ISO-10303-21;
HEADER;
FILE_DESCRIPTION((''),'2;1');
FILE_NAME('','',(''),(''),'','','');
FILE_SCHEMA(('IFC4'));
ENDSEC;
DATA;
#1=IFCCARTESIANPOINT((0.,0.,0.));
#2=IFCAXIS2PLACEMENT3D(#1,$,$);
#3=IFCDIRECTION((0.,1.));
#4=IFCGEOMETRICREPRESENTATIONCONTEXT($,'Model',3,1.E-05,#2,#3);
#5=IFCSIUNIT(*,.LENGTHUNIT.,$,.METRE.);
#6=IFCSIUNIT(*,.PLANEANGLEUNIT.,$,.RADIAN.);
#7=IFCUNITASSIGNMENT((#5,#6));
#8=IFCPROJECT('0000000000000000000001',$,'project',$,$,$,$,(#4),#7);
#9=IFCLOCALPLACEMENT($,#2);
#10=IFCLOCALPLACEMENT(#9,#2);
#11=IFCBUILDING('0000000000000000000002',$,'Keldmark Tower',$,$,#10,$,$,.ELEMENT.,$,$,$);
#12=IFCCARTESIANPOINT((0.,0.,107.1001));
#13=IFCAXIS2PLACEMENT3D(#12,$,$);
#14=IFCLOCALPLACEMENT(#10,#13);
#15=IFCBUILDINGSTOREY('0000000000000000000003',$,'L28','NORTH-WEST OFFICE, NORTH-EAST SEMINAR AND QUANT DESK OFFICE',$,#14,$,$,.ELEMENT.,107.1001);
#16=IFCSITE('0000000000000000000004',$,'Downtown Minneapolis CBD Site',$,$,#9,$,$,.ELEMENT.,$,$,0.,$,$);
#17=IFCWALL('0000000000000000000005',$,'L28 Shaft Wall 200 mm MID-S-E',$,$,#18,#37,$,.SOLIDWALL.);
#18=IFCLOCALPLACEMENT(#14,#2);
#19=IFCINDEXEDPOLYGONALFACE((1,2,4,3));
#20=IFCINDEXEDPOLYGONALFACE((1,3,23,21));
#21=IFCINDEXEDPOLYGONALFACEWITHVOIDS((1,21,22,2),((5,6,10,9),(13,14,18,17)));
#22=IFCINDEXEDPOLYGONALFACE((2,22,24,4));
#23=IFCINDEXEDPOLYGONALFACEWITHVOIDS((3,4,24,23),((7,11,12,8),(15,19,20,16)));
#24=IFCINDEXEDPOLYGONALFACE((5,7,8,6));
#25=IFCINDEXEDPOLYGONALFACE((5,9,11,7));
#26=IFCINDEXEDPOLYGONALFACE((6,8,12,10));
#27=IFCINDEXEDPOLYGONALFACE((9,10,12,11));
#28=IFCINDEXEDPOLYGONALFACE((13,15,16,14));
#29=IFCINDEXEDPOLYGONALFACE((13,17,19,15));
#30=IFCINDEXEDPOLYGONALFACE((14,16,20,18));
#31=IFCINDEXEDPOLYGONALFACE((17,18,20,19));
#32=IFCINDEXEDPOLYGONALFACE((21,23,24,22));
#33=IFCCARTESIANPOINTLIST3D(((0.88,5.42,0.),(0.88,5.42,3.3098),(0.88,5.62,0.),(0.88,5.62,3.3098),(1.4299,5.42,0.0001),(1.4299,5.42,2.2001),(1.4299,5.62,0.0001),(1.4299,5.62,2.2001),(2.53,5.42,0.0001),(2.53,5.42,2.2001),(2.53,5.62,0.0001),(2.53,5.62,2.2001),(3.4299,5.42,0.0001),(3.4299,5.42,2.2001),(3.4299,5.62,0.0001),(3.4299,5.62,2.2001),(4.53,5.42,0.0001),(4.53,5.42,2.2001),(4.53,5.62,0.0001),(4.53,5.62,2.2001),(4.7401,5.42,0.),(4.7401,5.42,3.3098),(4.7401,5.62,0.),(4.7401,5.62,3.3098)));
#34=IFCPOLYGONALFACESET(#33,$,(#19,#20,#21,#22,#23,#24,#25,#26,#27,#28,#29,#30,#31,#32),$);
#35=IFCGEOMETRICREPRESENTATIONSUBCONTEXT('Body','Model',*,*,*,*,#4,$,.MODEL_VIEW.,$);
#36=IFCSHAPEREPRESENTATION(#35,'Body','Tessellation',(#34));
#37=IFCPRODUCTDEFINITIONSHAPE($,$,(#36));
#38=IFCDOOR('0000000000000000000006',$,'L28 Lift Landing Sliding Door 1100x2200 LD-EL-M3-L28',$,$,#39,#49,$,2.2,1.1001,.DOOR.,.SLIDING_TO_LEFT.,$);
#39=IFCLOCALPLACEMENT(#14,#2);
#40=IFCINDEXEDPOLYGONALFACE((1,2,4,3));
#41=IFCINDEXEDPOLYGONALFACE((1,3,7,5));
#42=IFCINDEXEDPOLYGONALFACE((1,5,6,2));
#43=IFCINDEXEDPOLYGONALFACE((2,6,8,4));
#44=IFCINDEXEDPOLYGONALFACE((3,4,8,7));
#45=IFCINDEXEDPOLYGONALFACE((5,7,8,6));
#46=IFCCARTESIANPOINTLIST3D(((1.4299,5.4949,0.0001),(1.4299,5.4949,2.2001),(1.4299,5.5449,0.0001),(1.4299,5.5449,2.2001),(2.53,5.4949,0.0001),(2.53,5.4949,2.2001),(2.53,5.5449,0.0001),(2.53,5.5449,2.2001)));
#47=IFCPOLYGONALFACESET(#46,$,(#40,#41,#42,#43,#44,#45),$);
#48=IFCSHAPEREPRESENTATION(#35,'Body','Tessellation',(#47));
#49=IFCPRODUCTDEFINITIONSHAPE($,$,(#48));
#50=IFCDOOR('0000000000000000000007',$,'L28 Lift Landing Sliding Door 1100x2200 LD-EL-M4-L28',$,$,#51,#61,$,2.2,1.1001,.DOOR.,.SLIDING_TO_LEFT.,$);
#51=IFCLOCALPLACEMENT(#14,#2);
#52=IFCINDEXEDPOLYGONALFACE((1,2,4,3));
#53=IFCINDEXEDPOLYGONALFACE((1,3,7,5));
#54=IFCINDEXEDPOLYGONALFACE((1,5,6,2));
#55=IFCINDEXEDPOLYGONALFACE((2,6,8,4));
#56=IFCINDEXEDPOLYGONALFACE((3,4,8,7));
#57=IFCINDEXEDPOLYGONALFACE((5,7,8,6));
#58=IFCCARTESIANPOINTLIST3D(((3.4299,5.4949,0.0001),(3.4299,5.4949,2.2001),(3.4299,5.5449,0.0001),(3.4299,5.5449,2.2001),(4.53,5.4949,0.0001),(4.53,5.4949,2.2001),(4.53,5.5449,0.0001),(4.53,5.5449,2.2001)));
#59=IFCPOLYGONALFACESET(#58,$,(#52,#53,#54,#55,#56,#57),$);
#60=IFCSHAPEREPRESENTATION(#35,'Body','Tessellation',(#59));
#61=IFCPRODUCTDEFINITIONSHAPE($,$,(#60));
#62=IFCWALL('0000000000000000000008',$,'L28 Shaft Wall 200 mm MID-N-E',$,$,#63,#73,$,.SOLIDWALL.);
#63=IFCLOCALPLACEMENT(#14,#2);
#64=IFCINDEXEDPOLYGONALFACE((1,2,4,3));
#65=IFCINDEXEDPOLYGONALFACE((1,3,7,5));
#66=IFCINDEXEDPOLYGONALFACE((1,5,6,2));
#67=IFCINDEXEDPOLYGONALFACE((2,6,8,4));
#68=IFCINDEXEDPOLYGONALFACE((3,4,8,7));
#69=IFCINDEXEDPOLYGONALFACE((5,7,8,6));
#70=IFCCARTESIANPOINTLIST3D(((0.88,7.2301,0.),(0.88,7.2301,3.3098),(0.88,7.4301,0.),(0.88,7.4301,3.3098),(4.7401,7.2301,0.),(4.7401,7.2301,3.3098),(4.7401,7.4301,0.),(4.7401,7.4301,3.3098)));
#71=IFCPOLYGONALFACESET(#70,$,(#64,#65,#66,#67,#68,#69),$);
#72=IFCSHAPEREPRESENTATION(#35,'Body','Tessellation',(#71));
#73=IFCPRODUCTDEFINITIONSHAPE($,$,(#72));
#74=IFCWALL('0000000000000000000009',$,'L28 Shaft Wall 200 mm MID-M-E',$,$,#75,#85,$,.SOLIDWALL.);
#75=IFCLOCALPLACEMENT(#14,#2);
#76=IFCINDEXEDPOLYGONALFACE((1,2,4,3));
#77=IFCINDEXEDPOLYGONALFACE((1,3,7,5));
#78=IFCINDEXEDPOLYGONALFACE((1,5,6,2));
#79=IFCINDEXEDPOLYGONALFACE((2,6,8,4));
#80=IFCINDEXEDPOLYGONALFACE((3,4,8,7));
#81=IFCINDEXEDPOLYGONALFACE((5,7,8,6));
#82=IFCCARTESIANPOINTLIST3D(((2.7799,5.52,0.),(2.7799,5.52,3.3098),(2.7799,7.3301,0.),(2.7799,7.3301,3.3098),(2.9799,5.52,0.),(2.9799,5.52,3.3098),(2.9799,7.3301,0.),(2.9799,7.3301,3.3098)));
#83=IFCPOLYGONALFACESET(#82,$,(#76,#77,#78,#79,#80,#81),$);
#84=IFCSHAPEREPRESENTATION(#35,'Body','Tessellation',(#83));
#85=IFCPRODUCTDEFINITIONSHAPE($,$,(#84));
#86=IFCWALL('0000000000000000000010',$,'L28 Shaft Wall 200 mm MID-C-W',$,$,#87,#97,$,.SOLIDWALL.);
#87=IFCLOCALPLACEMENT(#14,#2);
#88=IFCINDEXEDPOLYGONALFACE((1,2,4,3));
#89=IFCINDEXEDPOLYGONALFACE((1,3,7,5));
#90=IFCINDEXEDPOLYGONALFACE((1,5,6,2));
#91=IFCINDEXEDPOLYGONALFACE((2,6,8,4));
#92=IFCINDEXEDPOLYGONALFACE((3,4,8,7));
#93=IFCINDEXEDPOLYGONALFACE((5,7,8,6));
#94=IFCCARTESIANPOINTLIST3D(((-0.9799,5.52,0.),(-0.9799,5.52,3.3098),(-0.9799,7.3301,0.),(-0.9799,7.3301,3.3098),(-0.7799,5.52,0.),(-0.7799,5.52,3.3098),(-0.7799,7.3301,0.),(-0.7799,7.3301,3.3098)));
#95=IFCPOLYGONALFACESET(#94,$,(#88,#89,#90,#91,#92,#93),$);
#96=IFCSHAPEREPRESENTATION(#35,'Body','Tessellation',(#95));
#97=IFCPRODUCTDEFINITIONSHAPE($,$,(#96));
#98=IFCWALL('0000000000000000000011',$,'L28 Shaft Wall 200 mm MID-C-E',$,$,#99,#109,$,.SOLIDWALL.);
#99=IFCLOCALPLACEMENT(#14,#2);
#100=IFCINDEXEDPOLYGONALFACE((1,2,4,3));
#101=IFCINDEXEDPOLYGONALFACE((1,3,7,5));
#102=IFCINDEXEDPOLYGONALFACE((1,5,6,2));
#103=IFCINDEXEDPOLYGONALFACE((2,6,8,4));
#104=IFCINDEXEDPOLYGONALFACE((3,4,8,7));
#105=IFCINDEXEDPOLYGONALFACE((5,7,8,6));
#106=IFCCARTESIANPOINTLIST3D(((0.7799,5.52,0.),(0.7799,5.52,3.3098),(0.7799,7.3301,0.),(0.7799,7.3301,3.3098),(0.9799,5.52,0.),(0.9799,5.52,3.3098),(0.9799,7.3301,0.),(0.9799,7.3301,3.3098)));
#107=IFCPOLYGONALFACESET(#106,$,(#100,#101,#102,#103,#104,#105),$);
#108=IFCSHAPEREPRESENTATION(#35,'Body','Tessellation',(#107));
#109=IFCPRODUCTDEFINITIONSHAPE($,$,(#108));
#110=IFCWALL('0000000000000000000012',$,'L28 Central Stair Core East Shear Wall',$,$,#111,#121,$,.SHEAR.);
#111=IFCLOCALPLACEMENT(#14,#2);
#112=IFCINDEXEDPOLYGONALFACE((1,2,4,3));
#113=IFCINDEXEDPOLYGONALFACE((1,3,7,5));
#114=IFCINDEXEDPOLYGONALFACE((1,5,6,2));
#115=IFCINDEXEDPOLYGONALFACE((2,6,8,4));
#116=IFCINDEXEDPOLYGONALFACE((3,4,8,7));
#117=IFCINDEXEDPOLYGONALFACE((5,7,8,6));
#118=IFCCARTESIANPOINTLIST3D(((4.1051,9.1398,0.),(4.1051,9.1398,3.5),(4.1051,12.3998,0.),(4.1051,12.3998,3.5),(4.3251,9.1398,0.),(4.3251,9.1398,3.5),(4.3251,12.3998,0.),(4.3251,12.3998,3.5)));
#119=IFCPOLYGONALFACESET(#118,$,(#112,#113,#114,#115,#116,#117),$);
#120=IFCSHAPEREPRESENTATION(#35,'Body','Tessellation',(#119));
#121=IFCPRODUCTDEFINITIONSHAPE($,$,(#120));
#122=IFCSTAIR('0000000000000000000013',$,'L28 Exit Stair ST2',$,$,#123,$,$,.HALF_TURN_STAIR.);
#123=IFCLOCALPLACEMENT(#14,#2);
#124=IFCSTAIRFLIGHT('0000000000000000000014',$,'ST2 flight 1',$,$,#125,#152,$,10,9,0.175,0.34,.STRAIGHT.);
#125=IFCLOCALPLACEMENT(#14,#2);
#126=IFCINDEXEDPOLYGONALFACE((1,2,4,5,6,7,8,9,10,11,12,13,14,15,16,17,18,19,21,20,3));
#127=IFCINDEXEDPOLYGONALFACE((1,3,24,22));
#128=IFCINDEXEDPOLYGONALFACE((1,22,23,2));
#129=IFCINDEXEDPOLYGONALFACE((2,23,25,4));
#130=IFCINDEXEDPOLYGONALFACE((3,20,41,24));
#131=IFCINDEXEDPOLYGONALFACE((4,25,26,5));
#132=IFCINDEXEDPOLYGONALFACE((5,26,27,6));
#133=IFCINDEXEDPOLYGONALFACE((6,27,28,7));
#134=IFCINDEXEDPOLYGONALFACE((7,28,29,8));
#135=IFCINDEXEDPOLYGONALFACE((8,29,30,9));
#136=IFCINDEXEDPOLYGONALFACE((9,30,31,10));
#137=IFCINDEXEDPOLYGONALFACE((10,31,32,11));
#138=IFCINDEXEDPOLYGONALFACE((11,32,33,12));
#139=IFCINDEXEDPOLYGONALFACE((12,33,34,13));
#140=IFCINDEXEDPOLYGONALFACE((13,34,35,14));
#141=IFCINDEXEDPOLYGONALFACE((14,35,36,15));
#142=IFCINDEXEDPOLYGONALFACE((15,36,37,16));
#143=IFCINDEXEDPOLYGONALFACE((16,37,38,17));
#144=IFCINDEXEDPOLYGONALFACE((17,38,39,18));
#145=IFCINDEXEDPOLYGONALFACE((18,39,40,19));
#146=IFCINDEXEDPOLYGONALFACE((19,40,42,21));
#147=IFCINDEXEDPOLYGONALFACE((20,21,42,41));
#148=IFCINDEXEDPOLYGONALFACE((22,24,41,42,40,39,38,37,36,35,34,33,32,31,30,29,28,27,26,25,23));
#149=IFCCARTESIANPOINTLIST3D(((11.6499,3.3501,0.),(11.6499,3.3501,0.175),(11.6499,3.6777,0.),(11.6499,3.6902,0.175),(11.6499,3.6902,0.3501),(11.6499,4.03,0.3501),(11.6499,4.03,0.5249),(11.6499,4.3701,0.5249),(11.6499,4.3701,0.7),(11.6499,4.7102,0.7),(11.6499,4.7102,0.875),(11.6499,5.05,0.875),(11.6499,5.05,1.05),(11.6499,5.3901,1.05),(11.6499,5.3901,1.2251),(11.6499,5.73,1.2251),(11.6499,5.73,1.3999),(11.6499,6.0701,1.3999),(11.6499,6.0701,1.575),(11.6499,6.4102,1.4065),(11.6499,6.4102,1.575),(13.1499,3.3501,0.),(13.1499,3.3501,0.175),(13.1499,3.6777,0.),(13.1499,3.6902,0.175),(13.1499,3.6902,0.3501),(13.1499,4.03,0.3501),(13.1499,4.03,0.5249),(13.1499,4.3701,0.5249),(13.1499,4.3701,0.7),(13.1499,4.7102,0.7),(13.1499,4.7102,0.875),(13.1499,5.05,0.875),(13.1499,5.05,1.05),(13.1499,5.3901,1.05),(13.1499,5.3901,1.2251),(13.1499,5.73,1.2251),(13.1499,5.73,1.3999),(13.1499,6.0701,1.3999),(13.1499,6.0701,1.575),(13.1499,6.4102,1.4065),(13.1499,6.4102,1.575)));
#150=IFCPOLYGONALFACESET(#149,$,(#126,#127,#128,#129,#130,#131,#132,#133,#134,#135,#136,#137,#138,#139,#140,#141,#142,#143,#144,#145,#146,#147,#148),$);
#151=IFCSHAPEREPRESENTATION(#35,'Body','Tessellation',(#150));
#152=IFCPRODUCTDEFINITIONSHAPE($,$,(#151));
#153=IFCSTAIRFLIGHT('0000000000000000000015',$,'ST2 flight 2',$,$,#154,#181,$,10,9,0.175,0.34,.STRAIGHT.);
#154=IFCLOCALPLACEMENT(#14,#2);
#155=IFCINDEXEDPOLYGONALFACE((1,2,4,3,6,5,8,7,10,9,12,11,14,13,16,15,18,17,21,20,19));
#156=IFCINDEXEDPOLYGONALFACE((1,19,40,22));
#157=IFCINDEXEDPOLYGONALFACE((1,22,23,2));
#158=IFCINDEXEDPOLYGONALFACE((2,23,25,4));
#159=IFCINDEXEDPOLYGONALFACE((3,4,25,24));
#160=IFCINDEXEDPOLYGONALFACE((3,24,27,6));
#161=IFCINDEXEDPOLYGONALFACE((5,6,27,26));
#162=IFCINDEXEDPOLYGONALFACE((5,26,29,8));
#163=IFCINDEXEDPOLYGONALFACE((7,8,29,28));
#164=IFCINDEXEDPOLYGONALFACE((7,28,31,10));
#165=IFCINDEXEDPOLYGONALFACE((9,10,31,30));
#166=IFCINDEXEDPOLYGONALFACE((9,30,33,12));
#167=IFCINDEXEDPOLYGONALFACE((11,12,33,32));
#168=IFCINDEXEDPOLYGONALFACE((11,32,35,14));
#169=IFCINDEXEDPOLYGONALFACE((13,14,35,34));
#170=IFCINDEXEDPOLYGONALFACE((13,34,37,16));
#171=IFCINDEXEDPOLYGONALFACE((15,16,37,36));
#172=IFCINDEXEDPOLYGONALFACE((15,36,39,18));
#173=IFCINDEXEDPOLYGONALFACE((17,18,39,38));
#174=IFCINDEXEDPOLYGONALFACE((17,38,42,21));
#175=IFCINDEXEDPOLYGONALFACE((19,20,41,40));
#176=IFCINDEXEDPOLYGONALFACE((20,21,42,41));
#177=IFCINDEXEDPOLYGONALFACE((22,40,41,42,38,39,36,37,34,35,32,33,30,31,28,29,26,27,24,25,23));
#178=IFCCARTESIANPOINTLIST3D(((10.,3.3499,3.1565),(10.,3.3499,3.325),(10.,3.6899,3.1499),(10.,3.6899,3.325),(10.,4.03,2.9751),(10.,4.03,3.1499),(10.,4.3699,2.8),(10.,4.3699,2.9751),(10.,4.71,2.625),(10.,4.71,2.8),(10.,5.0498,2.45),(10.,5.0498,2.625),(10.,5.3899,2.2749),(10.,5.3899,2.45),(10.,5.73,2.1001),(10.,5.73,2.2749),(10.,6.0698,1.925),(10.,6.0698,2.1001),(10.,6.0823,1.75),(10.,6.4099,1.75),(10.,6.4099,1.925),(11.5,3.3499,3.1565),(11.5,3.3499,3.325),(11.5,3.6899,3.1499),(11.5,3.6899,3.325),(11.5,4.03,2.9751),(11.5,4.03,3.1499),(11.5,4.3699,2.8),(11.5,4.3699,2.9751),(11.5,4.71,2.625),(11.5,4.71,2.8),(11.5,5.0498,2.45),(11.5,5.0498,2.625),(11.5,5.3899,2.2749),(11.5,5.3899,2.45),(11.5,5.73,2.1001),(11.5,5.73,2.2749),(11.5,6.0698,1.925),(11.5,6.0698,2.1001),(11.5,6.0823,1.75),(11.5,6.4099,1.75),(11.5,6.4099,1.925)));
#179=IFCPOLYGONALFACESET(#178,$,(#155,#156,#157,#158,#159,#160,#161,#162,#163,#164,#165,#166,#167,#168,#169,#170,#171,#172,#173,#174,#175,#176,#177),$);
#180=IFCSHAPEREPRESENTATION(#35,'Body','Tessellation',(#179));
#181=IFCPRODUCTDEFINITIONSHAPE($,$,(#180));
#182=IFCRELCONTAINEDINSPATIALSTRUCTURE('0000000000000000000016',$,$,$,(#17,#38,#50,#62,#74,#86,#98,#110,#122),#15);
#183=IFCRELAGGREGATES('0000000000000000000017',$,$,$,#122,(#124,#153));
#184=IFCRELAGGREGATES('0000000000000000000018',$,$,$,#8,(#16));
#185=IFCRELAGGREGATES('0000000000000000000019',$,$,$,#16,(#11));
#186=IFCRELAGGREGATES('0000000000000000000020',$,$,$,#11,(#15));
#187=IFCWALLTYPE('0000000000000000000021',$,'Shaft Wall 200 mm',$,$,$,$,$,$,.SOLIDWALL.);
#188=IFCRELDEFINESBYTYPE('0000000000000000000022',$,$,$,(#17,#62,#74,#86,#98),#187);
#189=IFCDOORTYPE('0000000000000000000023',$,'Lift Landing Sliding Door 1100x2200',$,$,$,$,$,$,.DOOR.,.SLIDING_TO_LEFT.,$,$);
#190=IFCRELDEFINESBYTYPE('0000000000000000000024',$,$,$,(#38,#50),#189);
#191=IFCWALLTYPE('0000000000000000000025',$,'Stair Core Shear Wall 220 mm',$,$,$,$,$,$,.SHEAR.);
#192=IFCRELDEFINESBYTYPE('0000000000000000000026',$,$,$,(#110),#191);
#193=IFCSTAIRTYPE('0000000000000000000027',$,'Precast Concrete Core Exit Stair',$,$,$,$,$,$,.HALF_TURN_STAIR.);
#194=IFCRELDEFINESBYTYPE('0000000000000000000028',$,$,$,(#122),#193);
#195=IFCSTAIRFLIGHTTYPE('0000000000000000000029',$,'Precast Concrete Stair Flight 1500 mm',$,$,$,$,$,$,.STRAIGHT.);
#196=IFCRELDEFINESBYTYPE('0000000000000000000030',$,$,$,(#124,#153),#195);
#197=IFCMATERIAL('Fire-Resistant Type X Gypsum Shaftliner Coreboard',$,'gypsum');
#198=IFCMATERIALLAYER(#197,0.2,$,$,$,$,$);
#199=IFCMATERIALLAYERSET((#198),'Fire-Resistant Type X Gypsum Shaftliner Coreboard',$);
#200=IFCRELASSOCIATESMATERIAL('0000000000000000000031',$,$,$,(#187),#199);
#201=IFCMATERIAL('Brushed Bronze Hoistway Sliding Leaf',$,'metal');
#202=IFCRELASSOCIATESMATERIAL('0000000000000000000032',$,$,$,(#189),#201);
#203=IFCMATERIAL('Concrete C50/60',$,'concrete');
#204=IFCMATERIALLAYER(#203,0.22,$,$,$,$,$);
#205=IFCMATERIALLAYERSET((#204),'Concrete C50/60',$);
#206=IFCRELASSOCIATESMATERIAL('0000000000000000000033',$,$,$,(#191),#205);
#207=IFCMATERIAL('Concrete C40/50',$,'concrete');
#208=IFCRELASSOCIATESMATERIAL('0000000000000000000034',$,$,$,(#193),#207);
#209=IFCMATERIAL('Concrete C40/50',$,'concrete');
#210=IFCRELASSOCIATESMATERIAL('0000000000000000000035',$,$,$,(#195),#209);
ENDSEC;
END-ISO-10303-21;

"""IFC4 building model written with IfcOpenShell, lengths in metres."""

from ifc_helpers import new_model, si_unit, direction, frame, frame_2d, origin, place, context, subcontext, project, spatial, polyline, rectangle, outline, extrude, material, layer, layer_set, type_object, element, fill, aggregate, save


model = new_model("IFC4")

# Units and contexts
model_context = context("Model", 3, precision=1e-05, world=origin(), true_north=direction((0.0, 1.0)))
body_context = subcontext(model_context, "Body", "Model", "MODEL_VIEW")
ifc_project = project(units=[si_unit("LENGTHUNIT", "METRE"), si_unit("PLANEANGLEUNIT", "RADIAN")], contexts=[model_context])

# Site, building, storey
site_placement = place(None, origin())
site = spatial("IfcSite", under=ifc_project, at=site_placement, Name="Downtown Minneapolis CBD Site", CompositionType="ELEMENT", RefElevation=0.0)
building_placement = place(site_placement, origin())
building = spatial("IfcBuilding", under=site, at=building_placement, Name="Keldmark Tower", CompositionType="ELEMENT")
storey_placement = place(building_placement, frame((0.0, 0.0, 107.1001)))
storey = spatial("IfcBuildingStorey", under=building, at=storey_placement, Name="L28", Description="NORTH-WEST OFFICE, NORTH-EAST SEMINAR AND QUANT DESK OFFICE", CompositionType="ELEMENT", Elevation=107.1001)

# Shared definitions
ifc_material_1 = material(Name="Fire-Resistant Type X Gypsum Shaftliner Coreboard", Category="gypsum")
ifc_layer_1 = layer(ifc_material_1, 0.2)
ifc_layer_set_1 = layer_set([ifc_layer_1], Name="Fire-Resistant Type X Gypsum Shaftliner Coreboard")
wall_type_1 = type_object("IfcWallType", Name="Shaft Wall 200 mm", PredefinedType="SOLIDWALL", material=ifc_layer_set_1)

# Wall, openings, doors
wall_1_placement = place(storey_placement, frame((0.8799, 5.52, 0.0), z_axis=(0.0, 0.0, 1.0), x_axis=(1.0, 0.0, 0.0)))
wall_1 = element("IfcWall", 1, at=wall_1_placement, inside=storey, type_object=wall_type_1, Name="L28 Shaft Wall 200 mm MID-S-E", PredefinedType="SOLIDWALL", context=body_context, shape_type="SweptSolid", body=[
    extrude(rectangle(XDim=3.8601, YDim=0.2, at=frame_2d((1.9302, 0.0))), origin(), (0.0, 0.0, 1.0), 3.3098),
])
opening_1_placement = place(wall_1_placement, frame((0.55, 0.0, 0.0)))
opening_1 = element("IfcOpeningElement", 2, at=opening_1_placement, cuts=wall_1, PredefinedType="OPENING", context=body_context, shape_type="SweptSolid", body=[
    extrude(rectangle(XDim=1.1001, YDim=2.2, at=frame_2d((0.55, 1.1001))), frame((0.0, 0.1099, 0.0), z_axis=(0.0, -1.0, 0.0), x_axis=(1.0, 0.0, 0.0)), (0.0, 0.0, 1.0), 0.22),
])
opening_2_placement = place(wall_1_placement, frame((2.55, 0.0, 0.0)))
opening_2 = element("IfcOpeningElement", 3, at=opening_2_placement, cuts=wall_1, PredefinedType="OPENING", context=body_context, shape_type="SweptSolid", body=[
    extrude(rectangle(XDim=1.1001, YDim=2.2, at=frame_2d((0.55, 1.1001))), frame((0.0, 0.1099, 0.0), z_axis=(0.0, -1.0, 0.0), x_axis=(1.0, 0.0, 0.0)), (0.0, 0.0, 1.0), 0.22),
])
ifc_material_2 = material(Name="Brushed Bronze Hoistway Sliding Leaf", Category="metal")
door_type_1 = type_object("IfcDoorType", Name="Lift Landing Sliding Door 1100x2200", OperationType="SLIDING_TO_LEFT", PredefinedType="DOOR", material=ifc_material_2)
door_1_placement = place(opening_1_placement, origin())
door_1 = element("IfcDoor", 4, at=door_1_placement, inside=storey, type_object=door_type_1, Name="L28 Lift Landing Sliding Door 1100x2200 LD-EL-M3-L28", OperationType="SLIDING_TO_LEFT", OverallHeight=2.2, OverallWidth=1.1001, PredefinedType="DOOR", context=body_context, shape_type="SweptSolid", body=[
    extrude(rectangle(XDim=1.1001, YDim=2.2, at=frame_2d((0.55, 1.1001))), frame((0.0, 0.0249, 0.0), z_axis=(0.0, -1.0, 0.0), x_axis=(1.0, 0.0, 0.0)), (0.0, 0.0, 1.0), 0.05),
])
fill(opening_1, door_1)
door_2_placement = place(opening_2_placement, origin())
door_2 = element("IfcDoor", 5, at=door_2_placement, inside=storey, type_object=door_type_1, Name="L28 Lift Landing Sliding Door 1100x2200 LD-EL-M4-L28", OperationType="SLIDING_TO_LEFT", OverallHeight=2.2, OverallWidth=1.1001, PredefinedType="DOOR", context=body_context, shape_type="SweptSolid", body=[
    extrude(rectangle(XDim=1.1001, YDim=2.2, at=frame_2d((0.55, 1.1001))), frame((0.0, 0.0249, 0.0), z_axis=(0.0, -1.0, 0.0), x_axis=(1.0, 0.0, 0.0)), (0.0, 0.0, 1.0), 0.05),
])
fill(opening_2, door_2)

# Walls
wall_2_placement = place(storey_placement, frame((0.8799, 7.3301, 0.0), z_axis=(0.0, 0.0, 1.0), x_axis=(1.0, 0.0, 0.0)))
element("IfcWall", 6, at=wall_2_placement, inside=storey, type_object=wall_type_1, Name="L28 Shaft Wall 200 mm MID-N-E", PredefinedType="SOLIDWALL", context=body_context, shape_type="SweptSolid", body=[
    extrude(rectangle(XDim=3.8601, YDim=0.2, at=frame_2d((1.9302, 0.0))), origin(), (0.0, 0.0, 1.0), 3.3098),
])
for number, where, z_axis, x_axis, name in (
    (7, (2.8799, 5.52, 0.0), (0.0, 0.0, 1.0), (0.0, 1.0, 0.0), "L28 Shaft Wall 200 mm MID-M-E"),
    (8, (-0.8799, 5.52, 0.0), (0.0, 0.0, 1.0), (0.0, 1.0, 0.0), "L28 Shaft Wall 200 mm MID-C-W"),
    (9, (0.8799, 5.52, 0.0), (0.0, 0.0, 1.0), (0.0, 1.0, 0.0), "L28 Shaft Wall 200 mm MID-C-E"),
):
    element("IfcWall", number, at=place(storey_placement, frame(where, z_axis=z_axis, x_axis=x_axis)), inside=storey, type_object=wall_type_1, Name=name, PredefinedType="SOLIDWALL", context=body_context, shape_type="SweptSolid", body=[
        extrude(rectangle(XDim=1.8101, YDim=0.2, at=frame_2d((0.905, 0.0))), origin(), (0.0, 0.0, 1.0), 3.3098),
    ])
ifc_material_3 = material(Name="Concrete C50/60", Category="concrete")
ifc_layer_2 = layer(ifc_material_3, 0.22)
ifc_layer_set_2 = layer_set([ifc_layer_2], Name="Concrete C50/60")
wall_type_2 = type_object("IfcWallType", Name="Stair Core Shear Wall 220 mm", PredefinedType="SHEAR", material=ifc_layer_set_2)
wall_3_placement = place(storey_placement, frame((4.2151, 9.1399, 0.0), z_axis=(0.0, 0.0, 1.0), x_axis=(0.0, 1.0, 0.0)))
element("IfcWall", 10, at=wall_3_placement, inside=storey, type_object=wall_type_2, Name="L28 Central Stair Core East Shear Wall", PredefinedType="SHEAR", context=body_context, shape_type="SweptSolid", body=[
    extrude(rectangle(XDim=3.26, YDim=0.22, at=frame_2d((1.6299, 0.0))), origin(), (0.0, 0.0, 1.0), 3.5),
])

# Stair, stair flights
ifc_material_4 = material(Name="Concrete C40/50", Category="concrete")
stair_type = type_object("IfcStairType", Name="Precast Concrete Core Exit Stair", PredefinedType="HALF_TURN_STAIR", material=ifc_material_4)
stair_placement = place(storey_placement, origin())
stair = element("IfcStair", 11, at=stair_placement, inside=storey, type_object=stair_type, Name="L28 Exit Stair ST2", PredefinedType="HALF_TURN_STAIR")
ifc_material_5 = material(Name="Concrete C40/50", Category="concrete")
stair_flight_type = type_object("IfcStairFlightType", Name="Precast Concrete Stair Flight 1500 mm", PredefinedType="STRAIGHT", material=ifc_material_5)
stair_flight_1_placement = place(storey_placement, frame((12.3999, 3.3501, 0.0), z_axis=(0.0, 0.0, 1.0), x_axis=(0.0, 1.0, 0.0)))
stair_flight_1 = element("IfcStairFlight", 12, at=stair_flight_1_placement, type_object=stair_flight_type, Name="ST2 flight 1", NumberOfRisers=10, NumberOfTreads=9, PredefinedType="STRAIGHT", RiserHeight=0.175, TreadLength=0.34, context=body_context, shape_type="SweptSolid", body=[
    extrude(outline(polyline([(0.0, 0.0), (0.0, 0.175), (0.3401, 0.175), (0.3401, 0.3501), (0.6799, 0.3501), (0.6799, 0.5249), (1.02, 0.5249), (1.02, 0.7), (1.3601, 0.7), (1.3601, 0.875), (1.7, 0.875), (1.7, 1.05), (2.04, 1.05), (2.04, 1.2251), (2.3799, 1.2251), (2.3799, 1.3999), (2.72, 1.3999), (2.72, 1.575), (3.0601, 1.575), (3.0601, 1.75), (3.0601, 1.4065), (0.3276, 0.0), (0.0, 0.0)])), frame((0.0, 0.75, 0.0), z_axis=(0.0, -1.0, 0.0), x_axis=(1.0, 0.0, 0.0)), (0.0, 0.0, 1.0), 1.5),
])
stair_flight_2_placement = place(storey_placement, frame((10.75, 6.4099, 1.75), z_axis=(0.0, 0.0, 1.0), x_axis=(0.0, -1.0, 0.0)))
stair_flight_2 = element("IfcStairFlight", 13, at=stair_flight_2_placement, type_object=stair_flight_type, Name="ST2 flight 2", NumberOfRisers=10, NumberOfTreads=9, PredefinedType="STRAIGHT", RiserHeight=0.175, TreadLength=0.34, context=body_context, shape_type="SweptSolid", body=[
    extrude(outline(polyline([(0.0, 0.0), (0.0, 0.175), (0.3401, 0.175), (0.3401, 0.3501), (0.6799, 0.3501), (0.6799, 0.5249), (1.02, 0.5249), (1.02, 0.7), (1.3601, 0.7), (1.3601, 0.875), (1.7, 0.875), (1.7, 1.05), (2.04, 1.05), (2.04, 1.2251), (2.3799, 1.2251), (2.3799, 1.3999), (2.72, 1.3999), (2.72, 1.575), (3.0601, 1.575), (3.0601, 1.75), (3.0601, 1.4065), (0.3276, 0.0), (0.0, 0.0)])), frame((0.0, 0.75, 0.0), z_axis=(0.0, -1.0, 0.0), x_axis=(1.0, 0.0, 0.0)), (0.0, 0.0, 1.0), 1.5),
])
aggregate(stair, [stair_flight_1, stair_flight_2])

save(model, "model.ifc")
